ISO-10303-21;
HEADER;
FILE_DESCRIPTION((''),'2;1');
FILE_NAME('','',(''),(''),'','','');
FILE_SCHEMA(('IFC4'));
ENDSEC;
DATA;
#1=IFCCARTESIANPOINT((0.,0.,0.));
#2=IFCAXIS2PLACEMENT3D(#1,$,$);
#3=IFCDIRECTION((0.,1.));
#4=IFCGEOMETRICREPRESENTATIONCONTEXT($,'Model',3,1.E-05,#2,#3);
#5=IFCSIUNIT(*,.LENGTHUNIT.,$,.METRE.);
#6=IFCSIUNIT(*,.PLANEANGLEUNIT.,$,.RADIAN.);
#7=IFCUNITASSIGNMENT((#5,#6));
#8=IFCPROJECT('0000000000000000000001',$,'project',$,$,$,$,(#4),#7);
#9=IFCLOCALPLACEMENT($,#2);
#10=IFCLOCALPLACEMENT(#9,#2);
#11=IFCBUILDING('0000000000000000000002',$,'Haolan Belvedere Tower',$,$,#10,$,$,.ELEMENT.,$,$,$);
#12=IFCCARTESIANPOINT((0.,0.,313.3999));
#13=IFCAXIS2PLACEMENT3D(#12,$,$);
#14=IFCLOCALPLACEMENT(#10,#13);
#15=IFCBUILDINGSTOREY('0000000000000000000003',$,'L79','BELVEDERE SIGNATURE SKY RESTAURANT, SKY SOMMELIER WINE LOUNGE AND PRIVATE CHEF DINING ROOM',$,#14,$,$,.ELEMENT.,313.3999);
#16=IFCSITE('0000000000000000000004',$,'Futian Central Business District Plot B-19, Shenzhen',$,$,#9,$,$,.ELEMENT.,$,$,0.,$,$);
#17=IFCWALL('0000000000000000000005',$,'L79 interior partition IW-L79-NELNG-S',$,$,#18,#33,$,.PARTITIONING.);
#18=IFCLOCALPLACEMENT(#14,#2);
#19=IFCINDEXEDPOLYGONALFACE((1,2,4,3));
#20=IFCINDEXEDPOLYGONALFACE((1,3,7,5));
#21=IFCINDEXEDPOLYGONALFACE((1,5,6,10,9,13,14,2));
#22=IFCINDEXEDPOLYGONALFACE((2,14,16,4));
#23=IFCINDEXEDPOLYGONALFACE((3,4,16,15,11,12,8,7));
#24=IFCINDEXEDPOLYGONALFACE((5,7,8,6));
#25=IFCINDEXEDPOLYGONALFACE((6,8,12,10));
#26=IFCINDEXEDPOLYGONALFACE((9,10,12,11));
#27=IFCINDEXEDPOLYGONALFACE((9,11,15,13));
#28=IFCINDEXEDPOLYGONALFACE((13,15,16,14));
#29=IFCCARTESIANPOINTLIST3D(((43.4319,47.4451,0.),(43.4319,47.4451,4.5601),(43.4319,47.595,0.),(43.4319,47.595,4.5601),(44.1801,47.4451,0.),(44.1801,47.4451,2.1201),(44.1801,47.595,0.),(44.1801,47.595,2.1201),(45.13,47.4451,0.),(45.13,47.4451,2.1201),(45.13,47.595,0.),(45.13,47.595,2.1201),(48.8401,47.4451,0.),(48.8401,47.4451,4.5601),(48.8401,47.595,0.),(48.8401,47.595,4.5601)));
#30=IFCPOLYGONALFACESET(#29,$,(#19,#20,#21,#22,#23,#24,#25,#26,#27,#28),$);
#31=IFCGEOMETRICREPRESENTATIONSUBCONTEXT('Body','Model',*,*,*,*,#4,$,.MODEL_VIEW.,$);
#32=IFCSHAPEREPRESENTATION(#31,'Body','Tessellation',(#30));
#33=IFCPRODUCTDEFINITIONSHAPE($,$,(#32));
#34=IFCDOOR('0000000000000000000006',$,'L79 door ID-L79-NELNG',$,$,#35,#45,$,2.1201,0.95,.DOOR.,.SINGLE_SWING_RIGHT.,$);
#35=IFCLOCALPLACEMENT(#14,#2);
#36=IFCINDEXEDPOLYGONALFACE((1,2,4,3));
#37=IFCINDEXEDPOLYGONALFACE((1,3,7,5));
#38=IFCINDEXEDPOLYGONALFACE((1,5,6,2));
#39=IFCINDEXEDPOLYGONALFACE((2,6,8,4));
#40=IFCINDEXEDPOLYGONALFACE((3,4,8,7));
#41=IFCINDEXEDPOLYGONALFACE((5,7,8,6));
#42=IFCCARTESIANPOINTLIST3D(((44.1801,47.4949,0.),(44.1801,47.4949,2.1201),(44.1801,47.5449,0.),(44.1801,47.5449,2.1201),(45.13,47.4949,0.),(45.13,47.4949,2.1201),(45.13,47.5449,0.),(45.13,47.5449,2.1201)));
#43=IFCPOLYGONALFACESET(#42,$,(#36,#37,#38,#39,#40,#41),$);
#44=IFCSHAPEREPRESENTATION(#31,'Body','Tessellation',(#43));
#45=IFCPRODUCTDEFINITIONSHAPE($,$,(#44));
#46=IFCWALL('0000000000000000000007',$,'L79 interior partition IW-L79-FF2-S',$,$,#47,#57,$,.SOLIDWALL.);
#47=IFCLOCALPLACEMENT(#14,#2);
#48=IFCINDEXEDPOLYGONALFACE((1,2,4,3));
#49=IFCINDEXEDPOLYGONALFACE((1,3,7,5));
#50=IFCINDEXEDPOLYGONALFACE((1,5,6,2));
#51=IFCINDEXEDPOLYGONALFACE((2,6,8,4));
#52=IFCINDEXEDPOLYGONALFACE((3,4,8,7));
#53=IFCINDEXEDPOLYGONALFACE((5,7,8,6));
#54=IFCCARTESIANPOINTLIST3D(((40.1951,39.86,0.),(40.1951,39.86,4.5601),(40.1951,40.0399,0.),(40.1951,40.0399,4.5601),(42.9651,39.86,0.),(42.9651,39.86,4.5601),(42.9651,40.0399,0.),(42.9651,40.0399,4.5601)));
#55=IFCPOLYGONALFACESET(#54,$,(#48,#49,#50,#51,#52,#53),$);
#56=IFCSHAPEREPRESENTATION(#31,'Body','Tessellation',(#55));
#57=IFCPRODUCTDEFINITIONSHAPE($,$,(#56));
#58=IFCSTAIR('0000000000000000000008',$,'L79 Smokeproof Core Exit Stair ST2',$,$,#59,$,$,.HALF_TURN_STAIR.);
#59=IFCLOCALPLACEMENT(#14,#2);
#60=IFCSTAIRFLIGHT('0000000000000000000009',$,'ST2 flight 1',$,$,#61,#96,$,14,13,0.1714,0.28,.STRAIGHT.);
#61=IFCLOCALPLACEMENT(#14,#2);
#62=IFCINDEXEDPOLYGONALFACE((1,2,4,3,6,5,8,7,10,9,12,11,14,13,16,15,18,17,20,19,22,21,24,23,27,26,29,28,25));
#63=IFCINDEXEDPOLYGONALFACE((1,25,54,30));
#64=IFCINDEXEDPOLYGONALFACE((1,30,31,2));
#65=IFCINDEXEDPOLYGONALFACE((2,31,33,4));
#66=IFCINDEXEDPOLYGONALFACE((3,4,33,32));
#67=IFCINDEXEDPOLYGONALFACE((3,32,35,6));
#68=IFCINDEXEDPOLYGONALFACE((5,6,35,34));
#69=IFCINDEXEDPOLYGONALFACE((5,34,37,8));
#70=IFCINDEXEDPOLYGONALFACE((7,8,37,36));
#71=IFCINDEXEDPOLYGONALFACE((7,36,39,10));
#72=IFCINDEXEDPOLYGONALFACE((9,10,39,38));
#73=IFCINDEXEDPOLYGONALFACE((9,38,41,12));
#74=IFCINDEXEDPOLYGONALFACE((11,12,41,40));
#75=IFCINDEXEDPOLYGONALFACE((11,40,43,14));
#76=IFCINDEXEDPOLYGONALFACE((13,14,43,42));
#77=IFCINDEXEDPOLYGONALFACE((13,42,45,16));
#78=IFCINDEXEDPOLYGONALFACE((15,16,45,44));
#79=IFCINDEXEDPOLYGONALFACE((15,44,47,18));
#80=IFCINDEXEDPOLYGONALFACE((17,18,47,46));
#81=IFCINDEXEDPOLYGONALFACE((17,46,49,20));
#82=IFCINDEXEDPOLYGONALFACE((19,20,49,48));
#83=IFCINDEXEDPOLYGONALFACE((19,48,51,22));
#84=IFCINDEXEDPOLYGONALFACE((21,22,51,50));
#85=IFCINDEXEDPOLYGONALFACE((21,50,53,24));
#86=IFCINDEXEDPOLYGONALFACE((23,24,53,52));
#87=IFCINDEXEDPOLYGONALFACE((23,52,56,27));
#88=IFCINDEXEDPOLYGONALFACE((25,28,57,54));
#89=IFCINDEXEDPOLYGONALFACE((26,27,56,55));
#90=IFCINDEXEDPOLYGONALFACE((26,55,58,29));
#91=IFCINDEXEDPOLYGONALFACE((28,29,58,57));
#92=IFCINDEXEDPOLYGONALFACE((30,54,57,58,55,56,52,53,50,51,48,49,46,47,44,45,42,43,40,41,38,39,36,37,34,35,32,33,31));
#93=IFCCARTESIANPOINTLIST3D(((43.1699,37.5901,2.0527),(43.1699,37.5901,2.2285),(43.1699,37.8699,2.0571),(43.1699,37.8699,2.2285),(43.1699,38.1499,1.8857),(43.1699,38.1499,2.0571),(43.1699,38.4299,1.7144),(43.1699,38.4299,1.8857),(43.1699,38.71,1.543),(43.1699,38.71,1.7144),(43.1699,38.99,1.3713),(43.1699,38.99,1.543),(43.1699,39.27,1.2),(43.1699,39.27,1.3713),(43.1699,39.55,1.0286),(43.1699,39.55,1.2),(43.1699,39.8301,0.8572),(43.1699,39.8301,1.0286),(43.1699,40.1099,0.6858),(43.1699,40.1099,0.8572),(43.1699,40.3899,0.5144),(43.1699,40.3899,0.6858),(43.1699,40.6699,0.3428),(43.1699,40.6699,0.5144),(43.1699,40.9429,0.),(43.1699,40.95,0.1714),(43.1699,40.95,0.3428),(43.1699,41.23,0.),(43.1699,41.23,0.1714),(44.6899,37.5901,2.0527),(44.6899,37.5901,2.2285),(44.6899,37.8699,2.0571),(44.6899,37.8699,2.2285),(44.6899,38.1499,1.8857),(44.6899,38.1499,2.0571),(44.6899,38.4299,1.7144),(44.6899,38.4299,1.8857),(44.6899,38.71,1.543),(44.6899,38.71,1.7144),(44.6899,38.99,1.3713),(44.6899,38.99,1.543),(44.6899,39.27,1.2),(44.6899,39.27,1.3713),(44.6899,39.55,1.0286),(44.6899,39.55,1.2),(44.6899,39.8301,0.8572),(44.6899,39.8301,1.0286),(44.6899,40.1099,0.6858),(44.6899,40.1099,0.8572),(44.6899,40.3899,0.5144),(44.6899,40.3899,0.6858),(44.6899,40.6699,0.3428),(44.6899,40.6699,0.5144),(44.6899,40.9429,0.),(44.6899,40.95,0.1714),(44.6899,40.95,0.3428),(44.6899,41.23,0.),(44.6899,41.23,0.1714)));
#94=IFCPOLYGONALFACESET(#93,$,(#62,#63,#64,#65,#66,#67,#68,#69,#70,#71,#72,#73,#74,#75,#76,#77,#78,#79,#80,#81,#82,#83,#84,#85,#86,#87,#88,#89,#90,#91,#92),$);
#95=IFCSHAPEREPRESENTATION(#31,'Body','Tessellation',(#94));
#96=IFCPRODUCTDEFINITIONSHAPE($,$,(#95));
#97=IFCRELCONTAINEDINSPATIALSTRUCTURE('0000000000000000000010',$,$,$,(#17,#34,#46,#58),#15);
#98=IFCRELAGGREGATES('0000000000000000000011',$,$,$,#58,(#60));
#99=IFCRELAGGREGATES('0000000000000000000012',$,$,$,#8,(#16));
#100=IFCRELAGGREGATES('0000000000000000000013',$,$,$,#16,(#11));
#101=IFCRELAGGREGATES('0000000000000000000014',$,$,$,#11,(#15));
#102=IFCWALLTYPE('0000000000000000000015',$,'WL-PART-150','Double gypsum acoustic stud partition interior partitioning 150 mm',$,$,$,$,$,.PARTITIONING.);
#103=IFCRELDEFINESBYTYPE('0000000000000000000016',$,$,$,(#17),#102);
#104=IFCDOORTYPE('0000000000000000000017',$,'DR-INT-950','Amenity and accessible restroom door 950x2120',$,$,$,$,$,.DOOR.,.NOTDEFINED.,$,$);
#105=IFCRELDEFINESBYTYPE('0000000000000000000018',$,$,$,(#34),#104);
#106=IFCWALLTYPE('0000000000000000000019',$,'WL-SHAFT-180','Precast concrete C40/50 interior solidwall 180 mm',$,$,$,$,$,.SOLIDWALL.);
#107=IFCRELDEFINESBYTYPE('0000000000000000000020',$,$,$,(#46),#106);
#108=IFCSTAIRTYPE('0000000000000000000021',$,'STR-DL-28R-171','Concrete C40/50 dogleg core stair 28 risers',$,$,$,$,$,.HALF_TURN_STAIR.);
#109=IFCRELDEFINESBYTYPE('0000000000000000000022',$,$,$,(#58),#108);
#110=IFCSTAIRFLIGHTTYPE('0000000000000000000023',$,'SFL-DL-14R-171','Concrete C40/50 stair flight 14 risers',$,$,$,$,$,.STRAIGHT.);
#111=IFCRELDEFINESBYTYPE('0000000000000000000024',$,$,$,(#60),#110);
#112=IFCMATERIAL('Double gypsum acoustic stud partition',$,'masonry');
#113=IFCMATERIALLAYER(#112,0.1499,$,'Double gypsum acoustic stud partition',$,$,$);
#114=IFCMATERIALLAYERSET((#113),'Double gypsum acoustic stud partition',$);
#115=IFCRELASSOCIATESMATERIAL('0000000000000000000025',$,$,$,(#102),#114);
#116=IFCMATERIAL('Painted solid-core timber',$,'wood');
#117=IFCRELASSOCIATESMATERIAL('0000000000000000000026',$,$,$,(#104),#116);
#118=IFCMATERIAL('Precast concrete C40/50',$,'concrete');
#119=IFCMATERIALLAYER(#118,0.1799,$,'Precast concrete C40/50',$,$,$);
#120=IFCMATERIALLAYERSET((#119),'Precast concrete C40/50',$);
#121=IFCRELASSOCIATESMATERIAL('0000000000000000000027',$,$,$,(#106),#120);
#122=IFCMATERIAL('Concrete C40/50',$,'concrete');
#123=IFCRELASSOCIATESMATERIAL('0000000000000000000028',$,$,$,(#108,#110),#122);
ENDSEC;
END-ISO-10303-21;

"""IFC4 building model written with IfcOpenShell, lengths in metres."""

from ifc_helpers import new_model, si_unit, direction, frame, frame_2d, origin, place, context, subcontext, project, spatial, polyline, rectangle, outline, extrude, material, layer, layer_set, type_object, element, fill, aggregate, save


model = new_model("IFC4")

# Units and contexts
model_context = context("Model", 3, precision=1e-05, world=origin(), true_north=direction((0.0, 1.0)))
body_context = subcontext(model_context, "Body", "Model", "MODEL_VIEW")
ifc_project = project(units=[si_unit("LENGTHUNIT", "METRE"), si_unit("PLANEANGLEUNIT", "RADIAN")], contexts=[model_context])

# Site, building, storey
site_placement = place(None, origin())
site = spatial("IfcSite", under=ifc_project, at=site_placement, Name="Futian Central Business District Plot B-19, Shenzhen", CompositionType="ELEMENT", RefElevation=0.0)
building_placement = place(site_placement, origin())
building = spatial("IfcBuilding", under=site, at=building_placement, Name="Haolan Belvedere Tower", CompositionType="ELEMENT")
storey_placement = place(building_placement, frame((0.0, 0.0, 313.3999)))
storey = spatial("IfcBuildingStorey", under=building, at=storey_placement, Name="L79", Description="BELVEDERE SIGNATURE SKY RESTAURANT, SKY SOMMELIER WINE LOUNGE AND PRIVATE CHEF DINING ROOM", CompositionType="ELEMENT", Elevation=313.3999)

# Shared definitions
ifc_material_1 = material(Name="Precast concrete C40/50", Category="concrete")

# Shared definitions
ifc_material_2 = material(Name="Double gypsum acoustic stud partition", Category="masonry")
ifc_layer_1 = layer(ifc_material_2, 0.1499, Name="Double gypsum acoustic stud partition")
ifc_layer_set_1 = layer_set([ifc_layer_1], Name="Double gypsum acoustic stud partition")
wall_type_1 = type_object("IfcWallType", Name="WL-PART-150", Description="Double gypsum acoustic stud partition interior partitioning 150 mm", PredefinedType="PARTITIONING", material=ifc_layer_set_1)

# Shared definitions
ifc_material_3 = material(Name="Painted solid-core timber", Category="wood")
door_type = type_object("IfcDoorType", Name="DR-INT-950", Description="Amenity and accessible restroom door 950x2120", OperationType="NOTDEFINED", PredefinedType="DOOR", material=ifc_material_3)

# Wall, opening, door
wall_1_placement = place(storey_placement, frame((43.4319, 47.52, 0.0), z_axis=(0.0, 0.0, 1.0), x_axis=(1.0, 0.0, 0.0)))
wall_1 = element("IfcWall", 1, at=wall_1_placement, inside=storey, type_object=wall_type_1, Name="L79 interior partition IW-L79-NELNG-S", PredefinedType="PARTITIONING", context=body_context, shape_type="SweptSolid", body=[
    extrude(rectangle(XDim=5.4082, YDim=0.1499, at=frame_2d((2.7041, 0.0))), origin(), (0.0, 0.0, 1.0), 4.5601),
])
opening_1_placement = place(wall_1_placement, frame((0.748, 0.0, 0.0)))
opening_1 = element("IfcOpeningElement", 2, at=opening_1_placement, cuts=wall_1, PredefinedType="OPENING", context=body_context, shape_type="SweptSolid", body=[
    extrude(rectangle(XDim=0.95, YDim=2.1201, at=frame_2d((0.4751, 1.0601))), frame((0.0, 0.085, 0.0), z_axis=(0.0, -1.0, 0.0), x_axis=(1.0, 0.0, 0.0)), (0.0, 0.0, 1.0), 0.1699),
])
door_1_placement = place(opening_1_placement, origin())
door_1 = element("IfcDoor", 3, at=door_1_placement, inside=storey, type_object=door_type, Name="L79 door ID-L79-NELNG", OperationType="SINGLE_SWING_RIGHT", OverallHeight=2.1201, OverallWidth=0.95, PredefinedType="DOOR", context=body_context, shape_type="SweptSolid", body=[
    extrude(rectangle(XDim=0.95, YDim=2.1201, at=frame_2d((0.4751, 1.0601))), frame((0.0, 0.0249, 0.0), z_axis=(0.0, -1.0, 0.0), x_axis=(1.0, 0.0, 0.0)), (0.0, 0.0, 1.0), 0.05),
])
fill(opening_1, door_1)

# Wall
ifc_layer_2 = layer(ifc_material_1, 0.1799, Name="Precast concrete C40/50")
ifc_layer_set_2 = layer_set([ifc_layer_2], Name="Precast concrete C40/50")
wall_type_2 = type_object("IfcWallType", Name="WL-SHAFT-180", Description="Precast concrete C40/50 interior solidwall 180 mm", PredefinedType="SOLIDWALL", material=ifc_layer_set_2)
wall_2_placement = place(storey_placement, frame((40.1951, 39.95, 0.0), z_axis=(0.0, 0.0, 1.0), x_axis=(1.0, 0.0, 0.0)))
element("IfcWall", 4, at=wall_2_placement, inside=storey, type_object=wall_type_2, Name="L79 interior partition IW-L79-FF2-S", PredefinedType="SOLIDWALL", context=body_context, shape_type="SweptSolid", body=[
    extrude(rectangle(XDim=2.77, YDim=0.1799, at=frame_2d((1.385, 0.0))), origin(), (0.0, 0.0, 1.0), 4.5601),
])

# Stair, stair flight
ifc_material_4 = material(Name="Concrete C40/50", Category="concrete")
stair_type = type_object("IfcStairType", Name="STR-DL-28R-171", Description="Concrete C40/50 dogleg core stair 28 risers", PredefinedType="HALF_TURN_STAIR", material=ifc_material_4)
stair_placement = place(storey_placement, origin())
stair = element("IfcStair", 5, at=stair_placement, inside=storey, type_object=stair_type, Name="L79 Smokeproof Core Exit Stair ST2", PredefinedType="HALF_TURN_STAIR")
stair_flight_type = type_object("IfcStairFlightType", Name="SFL-DL-14R-171", Description="Concrete C40/50 stair flight 14 risers", PredefinedType="STRAIGHT", material=ifc_material_4)
stair_flight_placement = place(storey_placement, frame((43.9299, 41.23, 0.0), z_axis=(0.0, 0.0, 1.0), x_axis=(0.0, -1.0, 0.0)))
stair_flight = element("IfcStairFlight", 6, at=stair_flight_placement, type_object=stair_flight_type, Name="ST2 flight 1", NumberOfRisers=14, NumberOfTreads=13, PredefinedType="STRAIGHT", RiserHeight=0.1714, TreadLength=0.28, context=body_context, shape_type="SweptSolid", body=[
    extrude(outline(polyline([(0.0, 0.0), (0.0, 0.1714), (0.28, 0.1714), (0.28, 0.3428), (0.5601, 0.3428), (0.5601, 0.5144), (0.8401, 0.5144), (0.8401, 0.6858), (1.1201, 0.6858), (1.1201, 0.8572), (1.3999, 0.8572), (1.3999, 1.0286), (1.6799, 1.0286), (1.6799, 1.2), (1.96, 1.2), (1.96, 1.3713), (2.24, 1.3713), (2.24, 1.543), (2.52, 1.543), (2.52, 1.7144), (2.8, 1.7144), (2.8, 1.8857), (3.0801, 1.8857), (3.0801, 2.0571), (3.3601, 2.0571), (3.3601, 2.2285), (3.6399, 2.2285), (3.6399, 2.3999), (3.6399, 2.0527), (0.2871, 0.0), (0.0, 0.0)])), frame((0.0, 0.76, 0.0), z_axis=(0.0, -1.0, 0.0), x_axis=(1.0, 0.0, 0.0)), (0.0, 0.0, 1.0), 1.52),
])
aggregate(stair, [stair_flight])

save(model, "model.ifc")
